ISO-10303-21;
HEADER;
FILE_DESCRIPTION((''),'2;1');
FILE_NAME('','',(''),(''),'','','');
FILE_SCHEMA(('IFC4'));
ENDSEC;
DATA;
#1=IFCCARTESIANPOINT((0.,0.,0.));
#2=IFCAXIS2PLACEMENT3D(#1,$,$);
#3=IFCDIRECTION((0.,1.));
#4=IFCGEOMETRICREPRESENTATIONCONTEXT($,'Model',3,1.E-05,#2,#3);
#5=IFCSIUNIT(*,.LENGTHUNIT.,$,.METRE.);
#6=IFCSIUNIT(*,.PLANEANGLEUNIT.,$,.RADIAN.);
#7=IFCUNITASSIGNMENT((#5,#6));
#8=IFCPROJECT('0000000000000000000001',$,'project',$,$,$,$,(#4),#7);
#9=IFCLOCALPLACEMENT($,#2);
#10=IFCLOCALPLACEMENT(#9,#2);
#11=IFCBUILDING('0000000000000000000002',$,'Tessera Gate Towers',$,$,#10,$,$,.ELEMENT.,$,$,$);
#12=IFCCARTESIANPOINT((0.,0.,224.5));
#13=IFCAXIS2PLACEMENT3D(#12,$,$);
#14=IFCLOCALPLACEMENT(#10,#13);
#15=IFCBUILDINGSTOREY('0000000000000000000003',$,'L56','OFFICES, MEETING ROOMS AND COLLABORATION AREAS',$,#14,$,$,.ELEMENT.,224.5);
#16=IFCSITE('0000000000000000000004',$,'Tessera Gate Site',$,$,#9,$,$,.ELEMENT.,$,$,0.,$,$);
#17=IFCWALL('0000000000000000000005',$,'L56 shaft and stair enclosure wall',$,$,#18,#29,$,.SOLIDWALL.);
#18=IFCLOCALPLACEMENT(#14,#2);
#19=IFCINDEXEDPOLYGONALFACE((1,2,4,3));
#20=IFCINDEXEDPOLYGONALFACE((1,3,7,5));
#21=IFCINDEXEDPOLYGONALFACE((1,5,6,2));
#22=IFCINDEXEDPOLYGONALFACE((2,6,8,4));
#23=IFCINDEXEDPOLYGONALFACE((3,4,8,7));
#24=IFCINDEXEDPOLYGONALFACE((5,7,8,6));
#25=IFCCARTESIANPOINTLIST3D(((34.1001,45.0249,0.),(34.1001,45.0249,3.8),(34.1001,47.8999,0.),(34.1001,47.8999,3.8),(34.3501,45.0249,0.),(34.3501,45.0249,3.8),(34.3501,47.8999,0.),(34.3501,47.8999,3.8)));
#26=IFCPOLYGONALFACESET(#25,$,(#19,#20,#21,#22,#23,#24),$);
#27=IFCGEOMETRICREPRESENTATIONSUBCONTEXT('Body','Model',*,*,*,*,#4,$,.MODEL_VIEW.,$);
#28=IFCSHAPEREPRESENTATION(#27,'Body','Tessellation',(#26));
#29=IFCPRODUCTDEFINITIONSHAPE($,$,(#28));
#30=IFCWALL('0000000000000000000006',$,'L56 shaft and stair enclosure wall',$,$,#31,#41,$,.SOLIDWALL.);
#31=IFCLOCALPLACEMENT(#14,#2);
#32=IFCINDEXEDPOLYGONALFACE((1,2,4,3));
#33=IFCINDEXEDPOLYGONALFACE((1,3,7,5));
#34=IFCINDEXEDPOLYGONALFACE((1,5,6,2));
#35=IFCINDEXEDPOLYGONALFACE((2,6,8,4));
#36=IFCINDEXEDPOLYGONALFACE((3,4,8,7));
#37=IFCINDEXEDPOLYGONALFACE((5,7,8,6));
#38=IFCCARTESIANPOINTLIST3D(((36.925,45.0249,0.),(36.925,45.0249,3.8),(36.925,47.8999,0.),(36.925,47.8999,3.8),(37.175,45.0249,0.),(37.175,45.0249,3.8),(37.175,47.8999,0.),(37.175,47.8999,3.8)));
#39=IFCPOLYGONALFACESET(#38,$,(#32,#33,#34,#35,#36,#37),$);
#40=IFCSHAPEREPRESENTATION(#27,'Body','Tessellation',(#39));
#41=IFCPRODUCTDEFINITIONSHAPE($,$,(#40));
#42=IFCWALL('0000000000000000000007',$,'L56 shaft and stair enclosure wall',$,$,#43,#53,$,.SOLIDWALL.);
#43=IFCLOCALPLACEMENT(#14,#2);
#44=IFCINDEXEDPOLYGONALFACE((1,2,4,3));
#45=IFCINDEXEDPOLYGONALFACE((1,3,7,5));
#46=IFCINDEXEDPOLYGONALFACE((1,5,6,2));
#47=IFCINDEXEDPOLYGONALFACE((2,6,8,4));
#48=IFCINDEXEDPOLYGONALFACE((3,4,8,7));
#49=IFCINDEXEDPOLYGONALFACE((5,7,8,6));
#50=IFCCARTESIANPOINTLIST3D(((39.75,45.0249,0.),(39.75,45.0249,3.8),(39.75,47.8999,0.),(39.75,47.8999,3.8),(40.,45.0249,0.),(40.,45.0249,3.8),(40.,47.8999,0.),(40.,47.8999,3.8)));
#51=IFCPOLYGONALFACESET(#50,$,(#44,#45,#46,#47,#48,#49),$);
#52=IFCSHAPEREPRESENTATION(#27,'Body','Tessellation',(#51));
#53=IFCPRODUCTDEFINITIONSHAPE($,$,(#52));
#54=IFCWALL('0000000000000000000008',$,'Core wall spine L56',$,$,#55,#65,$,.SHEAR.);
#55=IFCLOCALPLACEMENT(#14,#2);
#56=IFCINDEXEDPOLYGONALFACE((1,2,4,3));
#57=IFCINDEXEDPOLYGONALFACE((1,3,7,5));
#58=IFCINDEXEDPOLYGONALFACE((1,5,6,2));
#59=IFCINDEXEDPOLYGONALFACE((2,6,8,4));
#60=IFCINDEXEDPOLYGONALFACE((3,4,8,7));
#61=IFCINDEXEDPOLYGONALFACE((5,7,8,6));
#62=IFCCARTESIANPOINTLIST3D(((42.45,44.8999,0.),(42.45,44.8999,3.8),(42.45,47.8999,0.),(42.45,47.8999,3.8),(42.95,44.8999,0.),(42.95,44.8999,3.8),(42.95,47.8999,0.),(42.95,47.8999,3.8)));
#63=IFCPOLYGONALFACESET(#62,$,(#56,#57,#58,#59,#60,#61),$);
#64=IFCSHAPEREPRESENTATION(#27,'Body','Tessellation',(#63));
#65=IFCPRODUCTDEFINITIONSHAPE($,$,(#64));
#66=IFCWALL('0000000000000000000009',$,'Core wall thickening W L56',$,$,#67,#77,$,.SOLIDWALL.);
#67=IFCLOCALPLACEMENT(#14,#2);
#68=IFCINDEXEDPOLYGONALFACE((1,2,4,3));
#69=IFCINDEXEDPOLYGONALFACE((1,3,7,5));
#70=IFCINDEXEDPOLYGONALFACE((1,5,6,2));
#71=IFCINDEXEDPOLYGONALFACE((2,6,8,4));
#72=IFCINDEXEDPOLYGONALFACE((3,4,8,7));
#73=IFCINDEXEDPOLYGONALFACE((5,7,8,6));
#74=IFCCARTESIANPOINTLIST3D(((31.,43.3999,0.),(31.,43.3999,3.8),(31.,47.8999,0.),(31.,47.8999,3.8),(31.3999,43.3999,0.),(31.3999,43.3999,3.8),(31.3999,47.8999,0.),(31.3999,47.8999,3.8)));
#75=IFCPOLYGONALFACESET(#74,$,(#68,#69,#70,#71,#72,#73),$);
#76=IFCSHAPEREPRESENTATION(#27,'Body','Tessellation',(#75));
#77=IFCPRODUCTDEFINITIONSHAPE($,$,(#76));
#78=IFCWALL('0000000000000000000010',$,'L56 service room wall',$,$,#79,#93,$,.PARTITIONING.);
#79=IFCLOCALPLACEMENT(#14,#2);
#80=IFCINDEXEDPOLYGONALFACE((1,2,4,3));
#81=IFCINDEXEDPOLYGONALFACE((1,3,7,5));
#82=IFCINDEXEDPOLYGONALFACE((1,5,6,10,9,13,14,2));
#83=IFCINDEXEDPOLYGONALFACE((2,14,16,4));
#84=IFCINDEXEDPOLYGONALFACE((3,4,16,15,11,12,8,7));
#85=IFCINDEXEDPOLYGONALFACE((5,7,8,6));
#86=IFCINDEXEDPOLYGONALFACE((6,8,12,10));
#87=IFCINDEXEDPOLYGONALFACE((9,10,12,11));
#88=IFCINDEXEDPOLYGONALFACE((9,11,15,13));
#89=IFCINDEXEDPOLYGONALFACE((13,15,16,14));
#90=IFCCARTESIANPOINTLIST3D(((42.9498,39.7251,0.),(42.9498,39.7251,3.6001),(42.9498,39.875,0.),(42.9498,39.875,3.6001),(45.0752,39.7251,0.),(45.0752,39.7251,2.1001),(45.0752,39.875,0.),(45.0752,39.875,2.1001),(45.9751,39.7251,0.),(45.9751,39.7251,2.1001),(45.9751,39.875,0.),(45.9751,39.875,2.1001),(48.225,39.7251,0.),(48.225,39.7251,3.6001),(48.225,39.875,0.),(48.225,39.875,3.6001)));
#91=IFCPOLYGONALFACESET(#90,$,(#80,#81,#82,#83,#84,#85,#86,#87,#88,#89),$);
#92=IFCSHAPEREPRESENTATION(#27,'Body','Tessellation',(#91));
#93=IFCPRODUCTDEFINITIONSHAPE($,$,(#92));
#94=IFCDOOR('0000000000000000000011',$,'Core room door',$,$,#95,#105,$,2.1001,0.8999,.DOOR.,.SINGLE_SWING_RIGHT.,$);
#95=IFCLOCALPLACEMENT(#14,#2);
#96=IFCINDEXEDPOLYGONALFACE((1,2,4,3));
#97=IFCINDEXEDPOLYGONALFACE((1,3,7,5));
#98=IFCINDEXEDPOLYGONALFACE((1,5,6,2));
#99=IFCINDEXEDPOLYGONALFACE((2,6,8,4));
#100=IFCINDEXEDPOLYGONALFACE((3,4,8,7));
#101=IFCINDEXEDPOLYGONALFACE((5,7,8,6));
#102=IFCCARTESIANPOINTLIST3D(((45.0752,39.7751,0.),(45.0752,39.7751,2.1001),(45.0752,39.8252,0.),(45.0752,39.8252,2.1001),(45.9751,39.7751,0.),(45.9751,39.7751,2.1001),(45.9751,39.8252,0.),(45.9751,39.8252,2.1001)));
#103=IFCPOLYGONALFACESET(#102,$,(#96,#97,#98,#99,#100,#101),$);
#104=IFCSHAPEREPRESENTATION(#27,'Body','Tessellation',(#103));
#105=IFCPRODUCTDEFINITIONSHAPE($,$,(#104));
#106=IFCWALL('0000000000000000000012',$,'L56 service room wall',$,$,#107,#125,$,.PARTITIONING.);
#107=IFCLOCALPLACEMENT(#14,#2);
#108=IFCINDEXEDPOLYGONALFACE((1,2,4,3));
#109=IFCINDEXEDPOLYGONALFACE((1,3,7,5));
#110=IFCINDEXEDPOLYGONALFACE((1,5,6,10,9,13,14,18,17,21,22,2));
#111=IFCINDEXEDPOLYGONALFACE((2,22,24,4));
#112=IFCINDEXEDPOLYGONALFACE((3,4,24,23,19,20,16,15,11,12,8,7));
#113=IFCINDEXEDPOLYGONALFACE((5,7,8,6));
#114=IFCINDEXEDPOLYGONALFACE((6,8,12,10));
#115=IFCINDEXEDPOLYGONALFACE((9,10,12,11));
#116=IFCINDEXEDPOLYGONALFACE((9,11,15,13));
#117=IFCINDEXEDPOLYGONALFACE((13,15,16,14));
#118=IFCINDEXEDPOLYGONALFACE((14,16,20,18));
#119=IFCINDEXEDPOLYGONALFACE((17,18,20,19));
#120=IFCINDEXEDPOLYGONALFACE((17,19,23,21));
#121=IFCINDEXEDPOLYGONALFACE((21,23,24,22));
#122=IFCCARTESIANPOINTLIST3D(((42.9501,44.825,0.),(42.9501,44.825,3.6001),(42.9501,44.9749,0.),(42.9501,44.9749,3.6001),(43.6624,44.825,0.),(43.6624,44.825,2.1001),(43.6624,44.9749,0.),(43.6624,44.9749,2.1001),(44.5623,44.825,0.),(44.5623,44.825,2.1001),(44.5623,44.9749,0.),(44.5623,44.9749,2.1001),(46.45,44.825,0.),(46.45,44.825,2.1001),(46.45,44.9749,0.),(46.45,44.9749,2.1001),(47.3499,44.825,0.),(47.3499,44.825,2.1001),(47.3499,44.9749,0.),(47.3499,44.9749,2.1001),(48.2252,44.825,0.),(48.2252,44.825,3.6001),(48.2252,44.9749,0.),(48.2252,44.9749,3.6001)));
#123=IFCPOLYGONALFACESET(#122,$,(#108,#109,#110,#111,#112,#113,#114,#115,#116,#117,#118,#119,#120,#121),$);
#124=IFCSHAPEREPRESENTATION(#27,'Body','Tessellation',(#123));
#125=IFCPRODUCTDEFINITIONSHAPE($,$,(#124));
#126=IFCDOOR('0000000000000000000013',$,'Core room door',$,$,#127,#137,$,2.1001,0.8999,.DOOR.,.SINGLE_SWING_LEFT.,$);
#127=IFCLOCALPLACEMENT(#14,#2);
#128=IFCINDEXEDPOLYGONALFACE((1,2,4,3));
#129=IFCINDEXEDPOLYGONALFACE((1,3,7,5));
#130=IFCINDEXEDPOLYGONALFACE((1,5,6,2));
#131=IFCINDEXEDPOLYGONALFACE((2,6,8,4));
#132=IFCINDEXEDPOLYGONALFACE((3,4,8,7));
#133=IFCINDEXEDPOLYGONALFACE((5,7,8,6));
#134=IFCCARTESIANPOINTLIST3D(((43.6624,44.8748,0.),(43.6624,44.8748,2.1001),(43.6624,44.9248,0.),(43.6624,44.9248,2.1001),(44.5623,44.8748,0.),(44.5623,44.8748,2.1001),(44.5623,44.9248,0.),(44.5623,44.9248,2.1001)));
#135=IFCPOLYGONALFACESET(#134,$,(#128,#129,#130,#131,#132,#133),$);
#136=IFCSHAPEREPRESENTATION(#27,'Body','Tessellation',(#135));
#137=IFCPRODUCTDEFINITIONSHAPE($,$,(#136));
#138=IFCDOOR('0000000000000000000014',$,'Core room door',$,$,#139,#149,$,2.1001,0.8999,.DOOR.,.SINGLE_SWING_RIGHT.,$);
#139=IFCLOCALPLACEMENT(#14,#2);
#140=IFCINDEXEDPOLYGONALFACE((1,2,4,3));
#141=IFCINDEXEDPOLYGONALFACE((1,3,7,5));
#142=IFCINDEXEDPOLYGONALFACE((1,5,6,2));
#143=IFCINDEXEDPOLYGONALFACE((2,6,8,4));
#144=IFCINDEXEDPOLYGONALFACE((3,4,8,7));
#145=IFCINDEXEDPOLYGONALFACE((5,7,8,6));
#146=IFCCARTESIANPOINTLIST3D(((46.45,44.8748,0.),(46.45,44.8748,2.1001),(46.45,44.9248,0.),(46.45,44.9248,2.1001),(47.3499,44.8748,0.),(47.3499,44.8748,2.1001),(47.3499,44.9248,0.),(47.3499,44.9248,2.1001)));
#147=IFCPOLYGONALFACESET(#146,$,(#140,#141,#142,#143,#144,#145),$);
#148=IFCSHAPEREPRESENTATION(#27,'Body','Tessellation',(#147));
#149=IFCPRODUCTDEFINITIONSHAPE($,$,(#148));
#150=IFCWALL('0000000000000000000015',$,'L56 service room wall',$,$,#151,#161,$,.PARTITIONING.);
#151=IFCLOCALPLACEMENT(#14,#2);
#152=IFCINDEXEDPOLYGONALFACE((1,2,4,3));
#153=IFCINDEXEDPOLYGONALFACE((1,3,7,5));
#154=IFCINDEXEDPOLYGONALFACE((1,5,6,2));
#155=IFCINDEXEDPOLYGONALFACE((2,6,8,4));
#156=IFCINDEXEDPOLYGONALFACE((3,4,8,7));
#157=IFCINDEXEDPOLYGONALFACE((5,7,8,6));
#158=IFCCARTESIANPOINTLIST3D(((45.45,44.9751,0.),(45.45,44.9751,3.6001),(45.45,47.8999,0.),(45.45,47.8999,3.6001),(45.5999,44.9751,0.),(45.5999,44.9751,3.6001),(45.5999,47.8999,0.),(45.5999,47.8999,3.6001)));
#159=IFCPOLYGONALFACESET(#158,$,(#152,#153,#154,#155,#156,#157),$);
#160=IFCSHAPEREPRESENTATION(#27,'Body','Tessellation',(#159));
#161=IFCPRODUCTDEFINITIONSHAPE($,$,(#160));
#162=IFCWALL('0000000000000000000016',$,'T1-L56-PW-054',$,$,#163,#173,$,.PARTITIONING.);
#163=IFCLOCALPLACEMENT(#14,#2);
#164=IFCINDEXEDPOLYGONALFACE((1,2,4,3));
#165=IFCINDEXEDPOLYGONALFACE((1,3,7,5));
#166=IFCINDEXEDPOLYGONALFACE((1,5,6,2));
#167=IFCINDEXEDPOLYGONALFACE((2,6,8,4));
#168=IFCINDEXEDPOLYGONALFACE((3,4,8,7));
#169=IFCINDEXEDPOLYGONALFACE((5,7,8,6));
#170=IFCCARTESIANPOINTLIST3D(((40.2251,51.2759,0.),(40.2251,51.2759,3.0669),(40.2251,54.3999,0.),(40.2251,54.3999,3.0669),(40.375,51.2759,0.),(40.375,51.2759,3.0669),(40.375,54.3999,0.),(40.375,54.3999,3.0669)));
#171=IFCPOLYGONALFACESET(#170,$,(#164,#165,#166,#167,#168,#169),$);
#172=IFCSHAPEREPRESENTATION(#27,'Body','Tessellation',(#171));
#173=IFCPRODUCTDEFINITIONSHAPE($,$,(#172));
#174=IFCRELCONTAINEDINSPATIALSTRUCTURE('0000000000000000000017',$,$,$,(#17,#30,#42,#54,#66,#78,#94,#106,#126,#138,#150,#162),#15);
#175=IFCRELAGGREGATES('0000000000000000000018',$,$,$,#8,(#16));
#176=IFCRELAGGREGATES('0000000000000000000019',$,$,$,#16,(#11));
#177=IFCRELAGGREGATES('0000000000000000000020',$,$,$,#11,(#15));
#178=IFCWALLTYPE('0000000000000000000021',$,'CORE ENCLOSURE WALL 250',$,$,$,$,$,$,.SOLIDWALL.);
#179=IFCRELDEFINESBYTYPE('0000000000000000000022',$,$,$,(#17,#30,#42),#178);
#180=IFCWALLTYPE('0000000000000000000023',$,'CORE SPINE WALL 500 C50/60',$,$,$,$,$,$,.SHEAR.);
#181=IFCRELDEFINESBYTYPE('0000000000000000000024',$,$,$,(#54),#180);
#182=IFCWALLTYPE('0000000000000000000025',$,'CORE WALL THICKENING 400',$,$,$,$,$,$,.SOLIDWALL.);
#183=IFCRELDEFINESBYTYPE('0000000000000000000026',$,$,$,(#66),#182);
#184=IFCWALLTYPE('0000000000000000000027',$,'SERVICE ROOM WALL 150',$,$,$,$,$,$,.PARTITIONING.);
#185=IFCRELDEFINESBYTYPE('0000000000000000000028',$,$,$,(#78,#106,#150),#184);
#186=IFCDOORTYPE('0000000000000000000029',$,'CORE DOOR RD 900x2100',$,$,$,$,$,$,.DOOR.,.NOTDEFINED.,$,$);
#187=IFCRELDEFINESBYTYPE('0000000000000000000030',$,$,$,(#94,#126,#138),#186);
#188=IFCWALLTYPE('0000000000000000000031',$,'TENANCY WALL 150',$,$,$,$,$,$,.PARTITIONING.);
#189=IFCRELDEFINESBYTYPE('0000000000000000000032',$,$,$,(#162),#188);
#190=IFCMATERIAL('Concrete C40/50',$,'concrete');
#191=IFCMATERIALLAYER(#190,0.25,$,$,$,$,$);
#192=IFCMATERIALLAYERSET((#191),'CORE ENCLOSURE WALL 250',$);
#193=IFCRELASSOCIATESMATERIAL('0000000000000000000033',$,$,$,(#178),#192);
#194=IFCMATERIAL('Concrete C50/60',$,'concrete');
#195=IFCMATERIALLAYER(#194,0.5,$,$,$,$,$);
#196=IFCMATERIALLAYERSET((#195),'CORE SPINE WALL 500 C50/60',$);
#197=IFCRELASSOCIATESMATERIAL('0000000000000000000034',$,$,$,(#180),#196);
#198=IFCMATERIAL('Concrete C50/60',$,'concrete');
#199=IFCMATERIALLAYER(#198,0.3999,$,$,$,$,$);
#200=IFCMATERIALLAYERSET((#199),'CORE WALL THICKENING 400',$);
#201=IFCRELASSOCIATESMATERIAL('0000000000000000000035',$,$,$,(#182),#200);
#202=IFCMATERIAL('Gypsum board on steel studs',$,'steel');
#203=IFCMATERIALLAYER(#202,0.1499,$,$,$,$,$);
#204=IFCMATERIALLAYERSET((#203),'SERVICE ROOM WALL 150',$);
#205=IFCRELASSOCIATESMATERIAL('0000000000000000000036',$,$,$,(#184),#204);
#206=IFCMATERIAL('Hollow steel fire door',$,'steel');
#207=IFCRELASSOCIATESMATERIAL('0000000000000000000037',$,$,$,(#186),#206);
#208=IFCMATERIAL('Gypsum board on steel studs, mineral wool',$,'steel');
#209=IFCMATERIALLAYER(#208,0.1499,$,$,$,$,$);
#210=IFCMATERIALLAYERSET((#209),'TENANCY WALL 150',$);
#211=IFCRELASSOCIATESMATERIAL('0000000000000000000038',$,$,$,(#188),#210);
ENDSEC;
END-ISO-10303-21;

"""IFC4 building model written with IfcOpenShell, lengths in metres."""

from ifc_helpers import new_model, si_unit, direction, frame, frame_2d, origin, place, context, subcontext, project, spatial, rectangle, extrude, source, transform, mapped, material, layer, layer_set, type_object, element, fill, save


model = new_model("IFC4")

# Units and contexts
model_context = context("Model", 3, precision=1e-05, world=origin(), true_north=direction((0.0, 1.0)))
body_context = subcontext(model_context, "Body", "Model", "MODEL_VIEW")
ifc_project = project(units=[si_unit("LENGTHUNIT", "METRE"), si_unit("PLANEANGLEUNIT", "RADIAN")], contexts=[model_context])

# Site, building, storey
site_placement = place(None, origin())
site = spatial("IfcSite", under=ifc_project, at=site_placement, Name="Tessera Gate Site", CompositionType="ELEMENT", RefElevation=0.0)
building_placement = place(site_placement, origin())
building = spatial("IfcBuilding", under=site, at=building_placement, Name="Tessera Gate Towers", CompositionType="ELEMENT")
storey_placement = place(building_placement, frame((0.0, 0.0, 224.5)))
storey = spatial("IfcBuildingStorey", under=building, at=storey_placement, Name="L56", Description="OFFICES, MEETING ROOMS AND COLLABORATION AREAS", CompositionType="ELEMENT", Elevation=224.5)

# Shared definitions
ifc_material_1 = material(Name="Concrete C40/50", Category="concrete")
ifc_layer_1 = layer(ifc_material_1, 0.25)
ifc_layer_set_1 = layer_set([ifc_layer_1], Name="CORE ENCLOSURE WALL 250")
wall_type_1 = type_object("IfcWallType", Name="CORE ENCLOSURE WALL 250", PredefinedType="SOLIDWALL", material=ifc_layer_set_1)

# Walls
for number, where, z_axis, x_axis, name in (
    (1, (34.2251, 45.0249, 0.0), (0.0, 0.0, 1.0), (0.0, 1.0, 0.0), "L56 shaft and stair enclosure wall"),
    (2, (37.05, 45.0249, 0.0), (0.0, 0.0, 1.0), (0.0, 1.0, 0.0), "L56 shaft and stair enclosure wall"),
    (3, (39.875, 45.0249, 0.0), (0.0, 0.0, 1.0), (0.0, 1.0, 0.0), "L56 shaft and stair enclosure wall"),
):
    element("IfcWall", number, at=place(storey_placement, frame(where, z_axis=z_axis, x_axis=x_axis)), inside=storey, type_object=wall_type_1, Name=name, PredefinedType="SOLIDWALL", context=body_context, shape_type="SweptSolid", body=[
        extrude(rectangle(XDim=2.875, YDim=0.25, at=frame_2d((1.4375, 0.0))), origin(), (0.0, 0.0, 1.0), 3.8),
    ])
ifc_material_2 = material(Name="Concrete C50/60", Category="concrete")
ifc_layer_2 = layer(ifc_material_2, 0.5)
ifc_layer_set_2 = layer_set([ifc_layer_2], Name="CORE SPINE WALL 500 C50/60")
wall_type_2 = type_object("IfcWallType", Name="CORE SPINE WALL 500 C50/60", PredefinedType="SHEAR", material=ifc_layer_set_2)
wall_1_placement = place(storey_placement, frame((42.7, 44.8999, 0.0), z_axis=(0.0, 0.0, 1.0), x_axis=(0.0, 1.0, 0.0)))
element("IfcWall", 4, at=wall_1_placement, inside=storey, type_object=wall_type_2, Name="Core wall spine L56", PredefinedType="SHEAR", context=body_context, shape_type="SweptSolid", body=[
    extrude(rectangle(XDim=3.0, YDim=0.5, at=frame_2d((1.5, 0.0))), origin(), (0.0, 0.0, 1.0), 3.8),
])
ifc_material_3 = material(Name="Concrete C50/60", Category="concrete")
ifc_layer_3 = layer(ifc_material_3, 0.3999)
ifc_layer_set_3 = layer_set([ifc_layer_3], Name="CORE WALL THICKENING 400")
wall_type_3 = type_object("IfcWallType", Name="CORE WALL THICKENING 400", PredefinedType="SOLIDWALL", material=ifc_layer_set_3)
wall_2_placement = place(storey_placement, frame((31.2, 43.3999, 0.0), z_axis=(0.0, 0.0, 1.0), x_axis=(0.0, 1.0, 0.0)))
element("IfcWall", 5, at=wall_2_placement, inside=storey, type_object=wall_type_3, Name="Core wall thickening W L56", PredefinedType="SOLIDWALL", context=body_context, shape_type="SweptSolid", body=[
    extrude(rectangle(XDim=4.5, YDim=0.3999, at=frame_2d((2.25, 0.0))), origin(), (0.0, 0.0, 1.0), 3.8),
])

# Wall, opening, door
ifc_material_4 = material(Name="Gypsum board on steel studs", Category="steel")
ifc_layer_4 = layer(ifc_material_4, 0.1499)
ifc_layer_set_4 = layer_set([ifc_layer_4], Name="SERVICE ROOM WALL 150")
wall_type_4 = type_object("IfcWallType", Name="SERVICE ROOM WALL 150", PredefinedType="PARTITIONING", material=ifc_layer_set_4)
wall_3_placement = place(storey_placement, frame((48.2251, 39.8, 0.0), z_axis=(0.0, 0.0, 1.0), x_axis=(-1.0, 0.0, 0.0)))
wall_3 = element("IfcWall", 6, at=wall_3_placement, inside=storey, type_object=wall_type_4, Name="L56 service room wall", PredefinedType="PARTITIONING", context=body_context, shape_type="SweptSolid", body=[
    extrude(rectangle(XDim=5.2751, YDim=0.1499, at=frame_2d((2.6377, 0.0))), origin(), (0.0, 0.0, 1.0), 3.6001),
])
shared_shape_1 = source(origin(), body_context, "Body", "SweptSolid", [
    extrude(rectangle(XDim=0.8999, YDim=2.1001, at=frame_2d((0.45, 1.05))), frame((0.0, 0.085, 0.0), z_axis=(0.0, -1.0, 0.0), x_axis=(1.0, 0.0, 0.0)), (0.0, 0.0, 1.0), 0.1699),
])
opening_1_placement = place(wall_3_placement, frame((2.25, 0.0, 0.0)))
opening_1 = element("IfcOpeningElement", 7, at=opening_1_placement, cuts=wall_3, PredefinedType="OPENING", context=body_context, shape_type="MappedRepresentation", body=[
    mapped(shared_shape_1, transform((0.0, 0.0, 0.0), scale=1.0)),
])
ifc_material_5 = material(Name="Hollow steel fire door", Category="steel")
door_type_1 = type_object("IfcDoorType", Name="CORE DOOR RD 900x2100", OperationType="NOTDEFINED", PredefinedType="DOOR", material=ifc_material_5)
shared_shape_2 = source(origin(), body_context, "Body", "SweptSolid", [
    extrude(rectangle(XDim=0.8999, YDim=2.1001, at=frame_2d((0.45, 1.05))), frame((0.0, 0.0249, 0.0), z_axis=(0.0, -1.0, 0.0), x_axis=(1.0, 0.0, 0.0)), (0.0, 0.0, 1.0), 0.05),
])
door_1_placement = place(opening_1_placement, origin())
door_1 = element("IfcDoor", 8, at=door_1_placement, inside=storey, type_object=door_type_1, Name="Core room door", OperationType="SINGLE_SWING_RIGHT", OverallHeight=2.1001, OverallWidth=0.8999, PredefinedType="DOOR", context=body_context, shape_type="MappedRepresentation", body=[
    mapped(shared_shape_2, transform((0.0, 0.0, 0.0), scale=1.0)),
])
fill(opening_1, door_1)

# Wall, openings, doors
wall_4_placement = place(storey_placement, frame((42.95, 44.8999, 0.0), z_axis=(0.0, 0.0, 1.0), x_axis=(1.0, 0.0, 0.0)))
wall_4 = element("IfcWall", 9, at=wall_4_placement, inside=storey, type_object=wall_type_4, Name="L56 service room wall", PredefinedType="PARTITIONING", context=body_context, shape_type="SweptSolid", body=[
    extrude(rectangle(XDim=5.2751, YDim=0.1499, at=frame_2d((2.6377, 0.0))), origin(), (0.0, 0.0, 1.0), 3.6001),
])
opening_2_placement = place(wall_4_placement, frame((0.7124, 0.0, 0.0)))
opening_2 = element("IfcOpeningElement", 10, at=opening_2_placement, cuts=wall_4, PredefinedType="OPENING", context=body_context, shape_type="MappedRepresentation", body=[
    mapped(shared_shape_1, transform((0.0, 0.0, 0.0), scale=1.0)),
])
opening_3_placement = place(wall_4_placement, frame((3.5, 0.0, 0.0)))
opening_3 = element("IfcOpeningElement", 11, at=opening_3_placement, cuts=wall_4, PredefinedType="OPENING", context=body_context, shape_type="MappedRepresentation", body=[
    mapped(shared_shape_1, transform((0.0, 0.0, 0.0), scale=1.0)),
])
door_2_placement = place(opening_2_placement, origin())
door_2 = element("IfcDoor", 12, at=door_2_placement, inside=storey, type_object=door_type_1, Name="Core room door", OperationType="SINGLE_SWING_LEFT", OverallHeight=2.1001, OverallWidth=0.8999, PredefinedType="DOOR", context=body_context, shape_type="MappedRepresentation", body=[
    mapped(shared_shape_2, transform((0.0, 0.0, 0.0), scale=1.0)),
])
fill(opening_2, door_2)
door_3_placement = place(opening_3_placement, origin())
door_3 = element("IfcDoor", 13, at=door_3_placement, inside=storey, type_object=door_type_1, Name="Core room door", OperationType="SINGLE_SWING_RIGHT", OverallHeight=2.1001, OverallWidth=0.8999, PredefinedType="DOOR", context=body_context, shape_type="MappedRepresentation", body=[
    mapped(shared_shape_2, transform((0.0, 0.0, 0.0), scale=1.0)),
])
fill(opening_3, door_3)

# Walls
wall_5_placement = place(storey_placement, frame((45.5249, 44.9751, 0.0), z_axis=(0.0, 0.0, 1.0), x_axis=(0.0, 1.0, 0.0)))
element("IfcWall", 14, at=wall_5_placement, inside=storey, type_object=wall_type_4, Name="L56 service room wall", PredefinedType="PARTITIONING", context=body_context, shape_type="SweptSolid", body=[
    extrude(rectangle(XDim=2.9248, YDim=0.1499, at=frame_2d((1.4624, 0.0))), origin(), (0.0, 0.0, 1.0), 3.6001),
])
ifc_material_6 = material(Name="Gypsum board on steel studs, mineral wool", Category="steel")
ifc_layer_5 = layer(ifc_material_6, 0.1499)
ifc_layer_set_5 = layer_set([ifc_layer_5], Name="TENANCY WALL 150")
wall_type_5 = type_object("IfcWallType", Name="TENANCY WALL 150", PredefinedType="PARTITIONING", material=ifc_layer_set_5)
wall_6_placement = place(storey_placement, frame((40.3, 51.2759, 0.0), z_axis=(0.0, 0.0, 1.0), x_axis=(0.0, 1.0, 0.0)))
element("IfcWall", 15, at=wall_6_placement, inside=storey, type_object=wall_type_5, Name="T1-L56-PW-054", PredefinedType="PARTITIONING", context=body_context, shape_type="SweptSolid", body=[
    extrude(rectangle(XDim=3.124, YDim=0.1499, at=frame_2d((1.562, 0.0))), origin(), (0.0, 0.0, 1.0), 3.0669),
])

save(model, "model.ifc")
